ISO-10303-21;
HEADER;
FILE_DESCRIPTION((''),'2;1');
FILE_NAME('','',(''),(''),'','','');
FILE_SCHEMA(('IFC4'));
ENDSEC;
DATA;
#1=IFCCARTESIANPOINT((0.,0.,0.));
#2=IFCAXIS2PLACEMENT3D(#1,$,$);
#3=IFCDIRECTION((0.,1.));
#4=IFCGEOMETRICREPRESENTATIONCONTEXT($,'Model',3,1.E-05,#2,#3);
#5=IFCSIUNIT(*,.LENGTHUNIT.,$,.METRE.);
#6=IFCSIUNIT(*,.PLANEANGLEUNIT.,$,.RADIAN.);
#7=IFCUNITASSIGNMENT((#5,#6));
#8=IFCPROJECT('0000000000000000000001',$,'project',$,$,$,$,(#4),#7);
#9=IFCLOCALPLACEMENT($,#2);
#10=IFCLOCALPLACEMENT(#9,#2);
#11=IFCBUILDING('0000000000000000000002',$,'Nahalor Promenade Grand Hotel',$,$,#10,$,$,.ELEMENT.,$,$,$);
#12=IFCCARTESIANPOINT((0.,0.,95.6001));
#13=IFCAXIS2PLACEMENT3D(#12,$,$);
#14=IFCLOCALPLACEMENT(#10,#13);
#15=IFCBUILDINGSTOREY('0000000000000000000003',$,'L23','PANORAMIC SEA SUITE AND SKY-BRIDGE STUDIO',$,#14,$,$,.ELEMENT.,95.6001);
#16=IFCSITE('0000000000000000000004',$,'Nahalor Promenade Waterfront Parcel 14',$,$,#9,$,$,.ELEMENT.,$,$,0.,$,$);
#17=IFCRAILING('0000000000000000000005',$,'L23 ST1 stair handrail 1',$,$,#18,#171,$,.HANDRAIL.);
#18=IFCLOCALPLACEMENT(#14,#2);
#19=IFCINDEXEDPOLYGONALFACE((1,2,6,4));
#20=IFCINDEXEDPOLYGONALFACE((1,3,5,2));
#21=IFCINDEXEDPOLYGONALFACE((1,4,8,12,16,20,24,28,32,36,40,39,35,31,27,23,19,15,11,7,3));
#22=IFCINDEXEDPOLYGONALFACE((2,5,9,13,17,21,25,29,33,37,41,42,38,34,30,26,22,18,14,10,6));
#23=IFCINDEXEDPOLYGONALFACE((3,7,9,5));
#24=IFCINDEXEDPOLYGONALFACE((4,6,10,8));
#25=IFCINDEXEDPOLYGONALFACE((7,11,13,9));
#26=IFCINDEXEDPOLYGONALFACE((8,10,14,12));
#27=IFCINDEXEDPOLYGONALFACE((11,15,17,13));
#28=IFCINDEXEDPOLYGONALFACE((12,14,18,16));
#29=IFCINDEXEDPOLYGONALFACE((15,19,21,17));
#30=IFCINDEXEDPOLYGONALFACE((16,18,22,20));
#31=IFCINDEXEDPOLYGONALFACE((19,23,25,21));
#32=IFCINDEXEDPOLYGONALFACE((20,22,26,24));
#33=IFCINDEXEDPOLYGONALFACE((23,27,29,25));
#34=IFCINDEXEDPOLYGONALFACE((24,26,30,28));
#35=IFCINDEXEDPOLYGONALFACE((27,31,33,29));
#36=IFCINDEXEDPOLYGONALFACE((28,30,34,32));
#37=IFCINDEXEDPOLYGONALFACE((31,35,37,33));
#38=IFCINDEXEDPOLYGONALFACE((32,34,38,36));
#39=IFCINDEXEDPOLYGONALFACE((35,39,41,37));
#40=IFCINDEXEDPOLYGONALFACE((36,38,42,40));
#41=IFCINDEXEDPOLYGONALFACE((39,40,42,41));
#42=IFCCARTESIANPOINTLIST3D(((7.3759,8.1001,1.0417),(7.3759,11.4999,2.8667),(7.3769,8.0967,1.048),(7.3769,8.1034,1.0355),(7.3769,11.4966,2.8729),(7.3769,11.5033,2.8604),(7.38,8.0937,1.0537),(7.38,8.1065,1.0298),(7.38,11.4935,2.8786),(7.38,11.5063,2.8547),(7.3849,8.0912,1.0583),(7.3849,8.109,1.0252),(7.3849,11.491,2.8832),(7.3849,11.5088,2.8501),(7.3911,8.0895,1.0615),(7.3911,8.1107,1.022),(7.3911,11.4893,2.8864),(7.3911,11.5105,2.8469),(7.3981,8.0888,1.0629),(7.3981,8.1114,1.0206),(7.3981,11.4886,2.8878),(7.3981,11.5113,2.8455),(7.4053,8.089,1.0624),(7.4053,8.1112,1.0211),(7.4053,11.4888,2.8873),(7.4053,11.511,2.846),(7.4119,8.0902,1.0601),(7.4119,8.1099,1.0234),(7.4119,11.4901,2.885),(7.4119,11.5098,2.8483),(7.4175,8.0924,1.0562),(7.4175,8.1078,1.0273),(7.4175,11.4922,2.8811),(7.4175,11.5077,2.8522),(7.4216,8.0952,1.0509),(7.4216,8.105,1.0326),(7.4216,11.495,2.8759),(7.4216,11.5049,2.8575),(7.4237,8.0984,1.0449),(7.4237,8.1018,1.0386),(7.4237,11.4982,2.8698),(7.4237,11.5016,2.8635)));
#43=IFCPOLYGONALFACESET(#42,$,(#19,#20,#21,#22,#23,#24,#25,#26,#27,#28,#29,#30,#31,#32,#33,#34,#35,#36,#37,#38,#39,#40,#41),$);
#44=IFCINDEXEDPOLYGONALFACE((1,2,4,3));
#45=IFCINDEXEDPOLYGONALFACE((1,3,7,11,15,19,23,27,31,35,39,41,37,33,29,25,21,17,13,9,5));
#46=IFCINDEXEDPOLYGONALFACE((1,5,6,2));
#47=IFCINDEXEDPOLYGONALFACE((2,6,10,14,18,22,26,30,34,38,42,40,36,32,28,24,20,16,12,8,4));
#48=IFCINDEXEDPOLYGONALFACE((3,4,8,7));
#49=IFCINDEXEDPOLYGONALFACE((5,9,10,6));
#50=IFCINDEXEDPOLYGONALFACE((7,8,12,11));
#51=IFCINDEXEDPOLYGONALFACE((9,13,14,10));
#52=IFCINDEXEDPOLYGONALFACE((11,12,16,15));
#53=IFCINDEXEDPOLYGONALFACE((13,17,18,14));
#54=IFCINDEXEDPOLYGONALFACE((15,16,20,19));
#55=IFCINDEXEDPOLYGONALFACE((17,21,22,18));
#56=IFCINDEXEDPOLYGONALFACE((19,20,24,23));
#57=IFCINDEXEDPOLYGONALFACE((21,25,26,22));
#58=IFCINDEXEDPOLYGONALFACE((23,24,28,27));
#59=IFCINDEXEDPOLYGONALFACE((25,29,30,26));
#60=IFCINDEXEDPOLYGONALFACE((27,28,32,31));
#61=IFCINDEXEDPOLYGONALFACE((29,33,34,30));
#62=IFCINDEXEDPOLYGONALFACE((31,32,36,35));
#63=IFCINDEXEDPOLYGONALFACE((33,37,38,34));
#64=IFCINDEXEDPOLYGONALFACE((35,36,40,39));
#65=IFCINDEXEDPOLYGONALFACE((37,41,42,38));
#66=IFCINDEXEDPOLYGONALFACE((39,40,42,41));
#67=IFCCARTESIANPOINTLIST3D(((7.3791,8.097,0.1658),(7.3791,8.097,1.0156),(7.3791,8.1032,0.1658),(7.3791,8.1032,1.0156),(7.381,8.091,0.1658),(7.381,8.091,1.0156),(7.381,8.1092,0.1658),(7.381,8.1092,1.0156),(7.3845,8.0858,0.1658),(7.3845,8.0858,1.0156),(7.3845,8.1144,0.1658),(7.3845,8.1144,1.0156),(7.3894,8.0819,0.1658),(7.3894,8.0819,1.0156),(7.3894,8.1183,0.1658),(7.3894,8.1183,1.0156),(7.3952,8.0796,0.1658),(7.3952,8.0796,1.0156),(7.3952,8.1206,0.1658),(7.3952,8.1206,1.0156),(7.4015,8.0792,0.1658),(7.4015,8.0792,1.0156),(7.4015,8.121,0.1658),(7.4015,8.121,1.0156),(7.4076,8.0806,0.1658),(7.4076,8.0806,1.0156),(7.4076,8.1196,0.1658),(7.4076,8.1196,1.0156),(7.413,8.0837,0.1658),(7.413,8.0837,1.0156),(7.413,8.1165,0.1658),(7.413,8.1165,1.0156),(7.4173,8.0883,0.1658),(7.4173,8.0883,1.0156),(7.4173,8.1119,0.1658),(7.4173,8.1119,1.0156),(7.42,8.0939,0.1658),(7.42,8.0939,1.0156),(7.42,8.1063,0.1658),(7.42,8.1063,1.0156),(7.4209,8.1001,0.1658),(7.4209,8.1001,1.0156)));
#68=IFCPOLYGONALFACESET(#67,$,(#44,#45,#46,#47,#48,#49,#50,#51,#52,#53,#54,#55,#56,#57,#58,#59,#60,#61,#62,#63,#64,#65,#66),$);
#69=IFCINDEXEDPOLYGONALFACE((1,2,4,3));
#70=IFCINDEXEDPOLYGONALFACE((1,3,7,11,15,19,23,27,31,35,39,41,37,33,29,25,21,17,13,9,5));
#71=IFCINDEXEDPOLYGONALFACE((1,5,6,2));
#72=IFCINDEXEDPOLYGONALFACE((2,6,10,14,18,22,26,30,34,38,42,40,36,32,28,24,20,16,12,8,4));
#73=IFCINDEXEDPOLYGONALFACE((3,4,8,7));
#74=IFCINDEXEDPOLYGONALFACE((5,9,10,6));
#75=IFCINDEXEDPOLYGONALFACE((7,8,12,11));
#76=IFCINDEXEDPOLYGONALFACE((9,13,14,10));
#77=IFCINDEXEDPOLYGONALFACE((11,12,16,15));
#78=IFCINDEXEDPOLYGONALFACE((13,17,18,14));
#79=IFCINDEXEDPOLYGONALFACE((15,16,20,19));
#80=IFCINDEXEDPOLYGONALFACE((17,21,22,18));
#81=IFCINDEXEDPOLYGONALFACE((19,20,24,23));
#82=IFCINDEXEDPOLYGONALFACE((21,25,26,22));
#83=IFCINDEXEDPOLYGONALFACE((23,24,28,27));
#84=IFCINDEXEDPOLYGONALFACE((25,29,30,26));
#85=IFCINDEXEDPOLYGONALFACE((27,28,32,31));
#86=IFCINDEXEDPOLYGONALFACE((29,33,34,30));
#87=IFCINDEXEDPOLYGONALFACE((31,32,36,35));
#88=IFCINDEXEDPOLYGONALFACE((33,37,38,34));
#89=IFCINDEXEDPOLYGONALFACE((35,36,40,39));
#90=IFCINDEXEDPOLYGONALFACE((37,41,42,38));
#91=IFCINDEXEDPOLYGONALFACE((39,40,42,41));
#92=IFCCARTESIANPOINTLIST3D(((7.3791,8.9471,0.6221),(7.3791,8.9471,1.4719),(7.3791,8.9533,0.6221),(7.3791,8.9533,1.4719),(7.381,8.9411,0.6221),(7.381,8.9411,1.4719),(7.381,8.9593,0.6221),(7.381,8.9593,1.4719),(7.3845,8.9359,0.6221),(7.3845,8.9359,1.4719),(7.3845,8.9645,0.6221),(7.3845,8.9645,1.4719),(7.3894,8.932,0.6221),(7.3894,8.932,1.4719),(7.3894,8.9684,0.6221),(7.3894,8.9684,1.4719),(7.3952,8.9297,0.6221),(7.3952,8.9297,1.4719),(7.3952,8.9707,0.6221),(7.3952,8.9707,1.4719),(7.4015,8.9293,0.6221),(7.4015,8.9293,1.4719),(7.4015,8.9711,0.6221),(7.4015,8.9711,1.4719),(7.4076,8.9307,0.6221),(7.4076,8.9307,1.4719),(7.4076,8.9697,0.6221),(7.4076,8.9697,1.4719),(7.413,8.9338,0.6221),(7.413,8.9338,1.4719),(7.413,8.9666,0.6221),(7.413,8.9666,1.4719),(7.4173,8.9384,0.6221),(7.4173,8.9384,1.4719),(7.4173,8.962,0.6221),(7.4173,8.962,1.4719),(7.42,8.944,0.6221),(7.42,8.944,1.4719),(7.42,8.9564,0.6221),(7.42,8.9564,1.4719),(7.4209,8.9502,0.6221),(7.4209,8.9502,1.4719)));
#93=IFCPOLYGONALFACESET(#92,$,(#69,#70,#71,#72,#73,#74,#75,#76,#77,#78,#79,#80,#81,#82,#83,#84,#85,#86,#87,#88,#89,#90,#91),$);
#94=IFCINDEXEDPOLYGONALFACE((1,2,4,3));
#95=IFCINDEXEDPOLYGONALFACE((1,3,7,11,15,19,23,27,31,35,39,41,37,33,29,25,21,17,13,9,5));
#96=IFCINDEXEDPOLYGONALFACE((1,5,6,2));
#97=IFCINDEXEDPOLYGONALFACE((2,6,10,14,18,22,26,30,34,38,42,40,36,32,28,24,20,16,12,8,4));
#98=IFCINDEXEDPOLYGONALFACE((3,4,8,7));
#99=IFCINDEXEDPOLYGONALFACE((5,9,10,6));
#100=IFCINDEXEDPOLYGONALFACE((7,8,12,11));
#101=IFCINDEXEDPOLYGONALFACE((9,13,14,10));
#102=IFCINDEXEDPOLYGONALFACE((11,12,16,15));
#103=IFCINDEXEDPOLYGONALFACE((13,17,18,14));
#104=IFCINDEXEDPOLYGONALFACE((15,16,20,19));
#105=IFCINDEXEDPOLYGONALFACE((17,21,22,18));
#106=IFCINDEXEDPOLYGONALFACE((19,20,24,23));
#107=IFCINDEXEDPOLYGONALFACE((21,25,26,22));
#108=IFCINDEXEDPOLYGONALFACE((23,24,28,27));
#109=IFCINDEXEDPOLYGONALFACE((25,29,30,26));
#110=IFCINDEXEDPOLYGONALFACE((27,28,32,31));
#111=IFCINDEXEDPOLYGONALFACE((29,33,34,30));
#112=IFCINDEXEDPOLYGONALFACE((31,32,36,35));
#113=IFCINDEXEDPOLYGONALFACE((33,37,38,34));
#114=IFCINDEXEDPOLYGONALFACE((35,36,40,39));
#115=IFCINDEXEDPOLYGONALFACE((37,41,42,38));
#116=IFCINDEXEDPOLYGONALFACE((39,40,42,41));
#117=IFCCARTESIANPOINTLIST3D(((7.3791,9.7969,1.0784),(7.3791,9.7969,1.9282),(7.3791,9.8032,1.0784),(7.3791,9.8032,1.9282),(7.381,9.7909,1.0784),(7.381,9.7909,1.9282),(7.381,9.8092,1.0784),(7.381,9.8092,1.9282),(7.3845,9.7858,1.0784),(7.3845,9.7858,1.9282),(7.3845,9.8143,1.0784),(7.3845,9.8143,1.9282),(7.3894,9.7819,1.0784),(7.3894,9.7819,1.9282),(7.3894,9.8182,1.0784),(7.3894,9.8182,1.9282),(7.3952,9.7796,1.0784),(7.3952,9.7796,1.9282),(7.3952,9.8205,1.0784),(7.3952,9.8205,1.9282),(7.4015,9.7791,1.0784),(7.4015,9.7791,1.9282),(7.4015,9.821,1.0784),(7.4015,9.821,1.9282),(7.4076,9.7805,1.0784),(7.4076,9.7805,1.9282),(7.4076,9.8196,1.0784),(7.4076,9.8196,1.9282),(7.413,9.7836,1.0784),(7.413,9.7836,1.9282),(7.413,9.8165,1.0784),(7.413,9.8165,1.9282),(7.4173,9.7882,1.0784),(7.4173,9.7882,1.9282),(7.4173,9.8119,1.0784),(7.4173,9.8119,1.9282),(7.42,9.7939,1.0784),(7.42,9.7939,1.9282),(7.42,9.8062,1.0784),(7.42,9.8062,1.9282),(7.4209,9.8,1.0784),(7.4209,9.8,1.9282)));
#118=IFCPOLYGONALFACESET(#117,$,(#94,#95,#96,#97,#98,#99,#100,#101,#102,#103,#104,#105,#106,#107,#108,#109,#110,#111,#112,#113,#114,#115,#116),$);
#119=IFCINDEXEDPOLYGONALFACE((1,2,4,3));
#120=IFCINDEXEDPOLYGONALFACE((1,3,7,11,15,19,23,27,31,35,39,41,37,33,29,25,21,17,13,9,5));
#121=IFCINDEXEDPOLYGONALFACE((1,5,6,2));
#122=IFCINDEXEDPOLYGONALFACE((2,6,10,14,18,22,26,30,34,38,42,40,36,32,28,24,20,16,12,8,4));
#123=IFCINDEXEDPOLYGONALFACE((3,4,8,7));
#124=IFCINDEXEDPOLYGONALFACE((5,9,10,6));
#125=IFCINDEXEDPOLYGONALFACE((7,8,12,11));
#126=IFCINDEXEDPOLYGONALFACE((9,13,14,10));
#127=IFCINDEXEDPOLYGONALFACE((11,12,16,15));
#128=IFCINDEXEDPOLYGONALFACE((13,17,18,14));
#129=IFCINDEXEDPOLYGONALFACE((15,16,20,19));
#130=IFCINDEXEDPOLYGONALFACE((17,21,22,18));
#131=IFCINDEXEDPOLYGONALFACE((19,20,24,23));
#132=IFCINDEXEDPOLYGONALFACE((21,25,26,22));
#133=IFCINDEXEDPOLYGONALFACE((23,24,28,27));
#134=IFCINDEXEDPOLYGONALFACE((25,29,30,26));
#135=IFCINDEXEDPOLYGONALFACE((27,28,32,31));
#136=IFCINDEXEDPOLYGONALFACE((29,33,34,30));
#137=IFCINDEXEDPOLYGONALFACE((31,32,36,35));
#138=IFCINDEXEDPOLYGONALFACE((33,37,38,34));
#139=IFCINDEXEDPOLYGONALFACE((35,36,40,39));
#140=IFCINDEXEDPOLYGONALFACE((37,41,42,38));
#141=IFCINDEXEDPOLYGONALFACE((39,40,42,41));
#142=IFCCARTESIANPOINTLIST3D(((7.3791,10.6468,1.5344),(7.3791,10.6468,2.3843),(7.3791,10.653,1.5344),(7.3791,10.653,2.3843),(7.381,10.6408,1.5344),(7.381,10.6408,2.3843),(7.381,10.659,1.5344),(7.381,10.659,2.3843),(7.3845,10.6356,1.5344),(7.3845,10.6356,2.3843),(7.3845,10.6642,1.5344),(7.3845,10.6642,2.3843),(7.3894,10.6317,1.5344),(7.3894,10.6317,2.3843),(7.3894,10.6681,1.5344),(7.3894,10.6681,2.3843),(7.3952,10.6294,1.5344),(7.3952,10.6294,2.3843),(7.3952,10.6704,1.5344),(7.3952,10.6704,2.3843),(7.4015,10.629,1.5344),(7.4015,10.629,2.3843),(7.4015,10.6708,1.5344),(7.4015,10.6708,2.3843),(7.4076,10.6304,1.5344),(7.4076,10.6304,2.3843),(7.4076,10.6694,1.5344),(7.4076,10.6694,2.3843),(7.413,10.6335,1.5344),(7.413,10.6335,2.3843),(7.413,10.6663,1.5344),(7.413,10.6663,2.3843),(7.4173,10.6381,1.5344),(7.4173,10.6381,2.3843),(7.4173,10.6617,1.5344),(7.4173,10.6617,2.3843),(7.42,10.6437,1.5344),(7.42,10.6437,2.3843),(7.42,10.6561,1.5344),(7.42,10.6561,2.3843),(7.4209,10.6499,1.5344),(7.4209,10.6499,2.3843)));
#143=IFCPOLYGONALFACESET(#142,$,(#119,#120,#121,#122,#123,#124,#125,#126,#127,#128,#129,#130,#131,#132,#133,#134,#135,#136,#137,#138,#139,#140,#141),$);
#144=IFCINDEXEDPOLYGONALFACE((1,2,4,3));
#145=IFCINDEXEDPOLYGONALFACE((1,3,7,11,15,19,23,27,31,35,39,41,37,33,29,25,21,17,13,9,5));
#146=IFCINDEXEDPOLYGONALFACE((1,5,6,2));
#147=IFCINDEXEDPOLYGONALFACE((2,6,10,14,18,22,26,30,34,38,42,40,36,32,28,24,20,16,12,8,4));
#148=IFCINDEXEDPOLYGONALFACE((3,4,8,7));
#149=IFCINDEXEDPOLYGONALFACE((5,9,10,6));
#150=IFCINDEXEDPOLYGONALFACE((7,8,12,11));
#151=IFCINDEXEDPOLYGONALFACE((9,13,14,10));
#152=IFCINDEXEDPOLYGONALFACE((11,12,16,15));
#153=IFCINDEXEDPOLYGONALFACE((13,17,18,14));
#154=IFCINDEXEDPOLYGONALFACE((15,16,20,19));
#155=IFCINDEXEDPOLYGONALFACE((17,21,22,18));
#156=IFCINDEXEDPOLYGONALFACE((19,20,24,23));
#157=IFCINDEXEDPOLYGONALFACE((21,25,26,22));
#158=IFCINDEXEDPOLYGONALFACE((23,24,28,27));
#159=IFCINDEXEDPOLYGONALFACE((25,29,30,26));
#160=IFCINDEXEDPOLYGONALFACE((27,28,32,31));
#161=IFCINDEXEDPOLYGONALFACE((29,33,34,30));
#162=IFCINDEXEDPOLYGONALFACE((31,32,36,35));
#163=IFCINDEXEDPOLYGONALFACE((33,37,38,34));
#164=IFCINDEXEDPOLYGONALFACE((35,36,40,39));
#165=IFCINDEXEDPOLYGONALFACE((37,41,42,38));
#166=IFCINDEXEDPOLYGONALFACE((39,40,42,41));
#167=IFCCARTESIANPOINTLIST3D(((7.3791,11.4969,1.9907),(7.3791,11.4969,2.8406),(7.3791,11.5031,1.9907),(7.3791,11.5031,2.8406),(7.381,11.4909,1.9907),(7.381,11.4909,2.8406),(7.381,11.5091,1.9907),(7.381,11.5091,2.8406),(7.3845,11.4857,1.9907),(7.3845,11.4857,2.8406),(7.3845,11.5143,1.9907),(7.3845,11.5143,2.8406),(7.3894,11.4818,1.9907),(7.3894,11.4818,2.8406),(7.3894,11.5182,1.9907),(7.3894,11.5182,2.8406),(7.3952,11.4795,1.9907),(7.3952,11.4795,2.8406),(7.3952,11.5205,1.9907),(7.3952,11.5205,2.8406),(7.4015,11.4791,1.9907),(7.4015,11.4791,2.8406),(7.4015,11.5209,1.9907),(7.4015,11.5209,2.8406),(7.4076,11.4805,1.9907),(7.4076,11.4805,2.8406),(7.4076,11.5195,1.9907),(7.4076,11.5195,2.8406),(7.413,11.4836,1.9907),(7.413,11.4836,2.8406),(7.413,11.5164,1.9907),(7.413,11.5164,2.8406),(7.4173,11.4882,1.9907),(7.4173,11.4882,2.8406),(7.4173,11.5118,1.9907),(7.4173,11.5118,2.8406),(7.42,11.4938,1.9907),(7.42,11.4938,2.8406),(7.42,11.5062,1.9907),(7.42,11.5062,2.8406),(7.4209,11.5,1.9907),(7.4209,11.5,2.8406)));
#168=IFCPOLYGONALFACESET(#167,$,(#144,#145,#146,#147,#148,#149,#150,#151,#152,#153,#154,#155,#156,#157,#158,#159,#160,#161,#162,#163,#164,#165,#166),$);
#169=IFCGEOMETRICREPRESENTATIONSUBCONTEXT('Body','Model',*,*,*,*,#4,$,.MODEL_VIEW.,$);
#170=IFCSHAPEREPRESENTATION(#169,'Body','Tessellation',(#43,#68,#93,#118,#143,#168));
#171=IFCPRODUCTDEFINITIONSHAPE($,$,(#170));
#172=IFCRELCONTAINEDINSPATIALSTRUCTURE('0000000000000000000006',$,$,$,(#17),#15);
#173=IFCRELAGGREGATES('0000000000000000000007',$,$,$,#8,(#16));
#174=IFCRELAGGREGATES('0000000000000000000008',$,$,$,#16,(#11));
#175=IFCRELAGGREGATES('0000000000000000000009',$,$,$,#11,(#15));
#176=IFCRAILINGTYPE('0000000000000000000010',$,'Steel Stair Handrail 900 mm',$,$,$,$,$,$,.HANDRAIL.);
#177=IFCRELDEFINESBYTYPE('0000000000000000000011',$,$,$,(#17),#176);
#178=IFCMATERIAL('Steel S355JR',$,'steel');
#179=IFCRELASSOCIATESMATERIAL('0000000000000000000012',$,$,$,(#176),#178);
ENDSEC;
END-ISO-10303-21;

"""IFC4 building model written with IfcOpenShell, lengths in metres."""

from ifc_helpers import new_model, si_unit, direction, frame, origin, origin_2d, place, context, subcontext, project, spatial, circle, extrude, material, type_object, element, save


model = new_model("IFC4")

# Units and contexts
model_context = context("Model", 3, precision=1e-05, world=origin(), true_north=direction((0.0, 1.0)))
body_context = subcontext(model_context, "Body", "Model", "MODEL_VIEW")
ifc_project = project(units=[si_unit("LENGTHUNIT", "METRE"), si_unit("PLANEANGLEUNIT", "RADIAN")], contexts=[model_context])

# Site, building, storey
site_placement = place(None, origin())
site = spatial("IfcSite", under=ifc_project, at=site_placement, Name="Nahalor Promenade Waterfront Parcel 14", CompositionType="ELEMENT", RefElevation=0.0)
building_placement = place(site_placement, origin())
building = spatial("IfcBuilding", under=site, at=building_placement, Name="Nahalor Promenade Grand Hotel", CompositionType="ELEMENT")
storey_placement = place(building_placement, frame((0.0, 0.0, 95.6001)))
storey = spatial("IfcBuildingStorey", under=building, at=storey_placement, Name="L23", Description="PANORAMIC SEA SUITE AND SKY-BRIDGE STUDIO", CompositionType="ELEMENT", Elevation=95.6001)

# Shared definitions
ifc_material_1 = material(Name="Steel S355JR", Category="steel")

# Railing
railing_type_1 = type_object("IfcRailingType", Name="Steel Stair Handrail 900 mm", PredefinedType="HANDRAIL", material=ifc_material_1)
railing_1_placement = place(storey_placement, frame((7.3999, 8.1001, 0.1658)))
element("IfcRailing", 1, at=railing_1_placement, inside=storey, type_object=railing_type_1, Name="L23 ST1 stair handrail 1", PredefinedType="HANDRAIL", context=body_context, shape_type="SweptSolid", body=[
    extrude(circle(Radius=0.024, at=origin_2d()), frame((0.0, 0.0, 0.876), z_axis=(0.0, 0.881094, 0.472941), x_axis=(-1.0, 0.0, 0.0)), (0.0, 0.0, 1.0), 3.8586),
    extrude(circle(Radius=0.021, at=origin_2d()), origin(), (0.0, 0.0, 1.0), 0.8499),
    extrude(circle(Radius=0.021, at=origin_2d()), frame((0.0, 0.8501, 0.4563)), (0.0, 0.0, 1.0), 0.8499),
    extrude(circle(Radius=0.021, at=origin_2d()), frame((0.0, 1.7, 0.9126)), (0.0, 0.0, 1.0), 0.8499),
    extrude(circle(Radius=0.021, at=origin_2d()), frame((0.0, 2.5498, 1.3687)), (0.0, 0.0, 1.0), 0.8499),
    extrude(circle(Radius=0.021, at=origin_2d()), frame((0.0, 3.3999, 1.825)), (0.0, 0.0, 1.0), 0.8499),
])

save(model, "model.ifc")
